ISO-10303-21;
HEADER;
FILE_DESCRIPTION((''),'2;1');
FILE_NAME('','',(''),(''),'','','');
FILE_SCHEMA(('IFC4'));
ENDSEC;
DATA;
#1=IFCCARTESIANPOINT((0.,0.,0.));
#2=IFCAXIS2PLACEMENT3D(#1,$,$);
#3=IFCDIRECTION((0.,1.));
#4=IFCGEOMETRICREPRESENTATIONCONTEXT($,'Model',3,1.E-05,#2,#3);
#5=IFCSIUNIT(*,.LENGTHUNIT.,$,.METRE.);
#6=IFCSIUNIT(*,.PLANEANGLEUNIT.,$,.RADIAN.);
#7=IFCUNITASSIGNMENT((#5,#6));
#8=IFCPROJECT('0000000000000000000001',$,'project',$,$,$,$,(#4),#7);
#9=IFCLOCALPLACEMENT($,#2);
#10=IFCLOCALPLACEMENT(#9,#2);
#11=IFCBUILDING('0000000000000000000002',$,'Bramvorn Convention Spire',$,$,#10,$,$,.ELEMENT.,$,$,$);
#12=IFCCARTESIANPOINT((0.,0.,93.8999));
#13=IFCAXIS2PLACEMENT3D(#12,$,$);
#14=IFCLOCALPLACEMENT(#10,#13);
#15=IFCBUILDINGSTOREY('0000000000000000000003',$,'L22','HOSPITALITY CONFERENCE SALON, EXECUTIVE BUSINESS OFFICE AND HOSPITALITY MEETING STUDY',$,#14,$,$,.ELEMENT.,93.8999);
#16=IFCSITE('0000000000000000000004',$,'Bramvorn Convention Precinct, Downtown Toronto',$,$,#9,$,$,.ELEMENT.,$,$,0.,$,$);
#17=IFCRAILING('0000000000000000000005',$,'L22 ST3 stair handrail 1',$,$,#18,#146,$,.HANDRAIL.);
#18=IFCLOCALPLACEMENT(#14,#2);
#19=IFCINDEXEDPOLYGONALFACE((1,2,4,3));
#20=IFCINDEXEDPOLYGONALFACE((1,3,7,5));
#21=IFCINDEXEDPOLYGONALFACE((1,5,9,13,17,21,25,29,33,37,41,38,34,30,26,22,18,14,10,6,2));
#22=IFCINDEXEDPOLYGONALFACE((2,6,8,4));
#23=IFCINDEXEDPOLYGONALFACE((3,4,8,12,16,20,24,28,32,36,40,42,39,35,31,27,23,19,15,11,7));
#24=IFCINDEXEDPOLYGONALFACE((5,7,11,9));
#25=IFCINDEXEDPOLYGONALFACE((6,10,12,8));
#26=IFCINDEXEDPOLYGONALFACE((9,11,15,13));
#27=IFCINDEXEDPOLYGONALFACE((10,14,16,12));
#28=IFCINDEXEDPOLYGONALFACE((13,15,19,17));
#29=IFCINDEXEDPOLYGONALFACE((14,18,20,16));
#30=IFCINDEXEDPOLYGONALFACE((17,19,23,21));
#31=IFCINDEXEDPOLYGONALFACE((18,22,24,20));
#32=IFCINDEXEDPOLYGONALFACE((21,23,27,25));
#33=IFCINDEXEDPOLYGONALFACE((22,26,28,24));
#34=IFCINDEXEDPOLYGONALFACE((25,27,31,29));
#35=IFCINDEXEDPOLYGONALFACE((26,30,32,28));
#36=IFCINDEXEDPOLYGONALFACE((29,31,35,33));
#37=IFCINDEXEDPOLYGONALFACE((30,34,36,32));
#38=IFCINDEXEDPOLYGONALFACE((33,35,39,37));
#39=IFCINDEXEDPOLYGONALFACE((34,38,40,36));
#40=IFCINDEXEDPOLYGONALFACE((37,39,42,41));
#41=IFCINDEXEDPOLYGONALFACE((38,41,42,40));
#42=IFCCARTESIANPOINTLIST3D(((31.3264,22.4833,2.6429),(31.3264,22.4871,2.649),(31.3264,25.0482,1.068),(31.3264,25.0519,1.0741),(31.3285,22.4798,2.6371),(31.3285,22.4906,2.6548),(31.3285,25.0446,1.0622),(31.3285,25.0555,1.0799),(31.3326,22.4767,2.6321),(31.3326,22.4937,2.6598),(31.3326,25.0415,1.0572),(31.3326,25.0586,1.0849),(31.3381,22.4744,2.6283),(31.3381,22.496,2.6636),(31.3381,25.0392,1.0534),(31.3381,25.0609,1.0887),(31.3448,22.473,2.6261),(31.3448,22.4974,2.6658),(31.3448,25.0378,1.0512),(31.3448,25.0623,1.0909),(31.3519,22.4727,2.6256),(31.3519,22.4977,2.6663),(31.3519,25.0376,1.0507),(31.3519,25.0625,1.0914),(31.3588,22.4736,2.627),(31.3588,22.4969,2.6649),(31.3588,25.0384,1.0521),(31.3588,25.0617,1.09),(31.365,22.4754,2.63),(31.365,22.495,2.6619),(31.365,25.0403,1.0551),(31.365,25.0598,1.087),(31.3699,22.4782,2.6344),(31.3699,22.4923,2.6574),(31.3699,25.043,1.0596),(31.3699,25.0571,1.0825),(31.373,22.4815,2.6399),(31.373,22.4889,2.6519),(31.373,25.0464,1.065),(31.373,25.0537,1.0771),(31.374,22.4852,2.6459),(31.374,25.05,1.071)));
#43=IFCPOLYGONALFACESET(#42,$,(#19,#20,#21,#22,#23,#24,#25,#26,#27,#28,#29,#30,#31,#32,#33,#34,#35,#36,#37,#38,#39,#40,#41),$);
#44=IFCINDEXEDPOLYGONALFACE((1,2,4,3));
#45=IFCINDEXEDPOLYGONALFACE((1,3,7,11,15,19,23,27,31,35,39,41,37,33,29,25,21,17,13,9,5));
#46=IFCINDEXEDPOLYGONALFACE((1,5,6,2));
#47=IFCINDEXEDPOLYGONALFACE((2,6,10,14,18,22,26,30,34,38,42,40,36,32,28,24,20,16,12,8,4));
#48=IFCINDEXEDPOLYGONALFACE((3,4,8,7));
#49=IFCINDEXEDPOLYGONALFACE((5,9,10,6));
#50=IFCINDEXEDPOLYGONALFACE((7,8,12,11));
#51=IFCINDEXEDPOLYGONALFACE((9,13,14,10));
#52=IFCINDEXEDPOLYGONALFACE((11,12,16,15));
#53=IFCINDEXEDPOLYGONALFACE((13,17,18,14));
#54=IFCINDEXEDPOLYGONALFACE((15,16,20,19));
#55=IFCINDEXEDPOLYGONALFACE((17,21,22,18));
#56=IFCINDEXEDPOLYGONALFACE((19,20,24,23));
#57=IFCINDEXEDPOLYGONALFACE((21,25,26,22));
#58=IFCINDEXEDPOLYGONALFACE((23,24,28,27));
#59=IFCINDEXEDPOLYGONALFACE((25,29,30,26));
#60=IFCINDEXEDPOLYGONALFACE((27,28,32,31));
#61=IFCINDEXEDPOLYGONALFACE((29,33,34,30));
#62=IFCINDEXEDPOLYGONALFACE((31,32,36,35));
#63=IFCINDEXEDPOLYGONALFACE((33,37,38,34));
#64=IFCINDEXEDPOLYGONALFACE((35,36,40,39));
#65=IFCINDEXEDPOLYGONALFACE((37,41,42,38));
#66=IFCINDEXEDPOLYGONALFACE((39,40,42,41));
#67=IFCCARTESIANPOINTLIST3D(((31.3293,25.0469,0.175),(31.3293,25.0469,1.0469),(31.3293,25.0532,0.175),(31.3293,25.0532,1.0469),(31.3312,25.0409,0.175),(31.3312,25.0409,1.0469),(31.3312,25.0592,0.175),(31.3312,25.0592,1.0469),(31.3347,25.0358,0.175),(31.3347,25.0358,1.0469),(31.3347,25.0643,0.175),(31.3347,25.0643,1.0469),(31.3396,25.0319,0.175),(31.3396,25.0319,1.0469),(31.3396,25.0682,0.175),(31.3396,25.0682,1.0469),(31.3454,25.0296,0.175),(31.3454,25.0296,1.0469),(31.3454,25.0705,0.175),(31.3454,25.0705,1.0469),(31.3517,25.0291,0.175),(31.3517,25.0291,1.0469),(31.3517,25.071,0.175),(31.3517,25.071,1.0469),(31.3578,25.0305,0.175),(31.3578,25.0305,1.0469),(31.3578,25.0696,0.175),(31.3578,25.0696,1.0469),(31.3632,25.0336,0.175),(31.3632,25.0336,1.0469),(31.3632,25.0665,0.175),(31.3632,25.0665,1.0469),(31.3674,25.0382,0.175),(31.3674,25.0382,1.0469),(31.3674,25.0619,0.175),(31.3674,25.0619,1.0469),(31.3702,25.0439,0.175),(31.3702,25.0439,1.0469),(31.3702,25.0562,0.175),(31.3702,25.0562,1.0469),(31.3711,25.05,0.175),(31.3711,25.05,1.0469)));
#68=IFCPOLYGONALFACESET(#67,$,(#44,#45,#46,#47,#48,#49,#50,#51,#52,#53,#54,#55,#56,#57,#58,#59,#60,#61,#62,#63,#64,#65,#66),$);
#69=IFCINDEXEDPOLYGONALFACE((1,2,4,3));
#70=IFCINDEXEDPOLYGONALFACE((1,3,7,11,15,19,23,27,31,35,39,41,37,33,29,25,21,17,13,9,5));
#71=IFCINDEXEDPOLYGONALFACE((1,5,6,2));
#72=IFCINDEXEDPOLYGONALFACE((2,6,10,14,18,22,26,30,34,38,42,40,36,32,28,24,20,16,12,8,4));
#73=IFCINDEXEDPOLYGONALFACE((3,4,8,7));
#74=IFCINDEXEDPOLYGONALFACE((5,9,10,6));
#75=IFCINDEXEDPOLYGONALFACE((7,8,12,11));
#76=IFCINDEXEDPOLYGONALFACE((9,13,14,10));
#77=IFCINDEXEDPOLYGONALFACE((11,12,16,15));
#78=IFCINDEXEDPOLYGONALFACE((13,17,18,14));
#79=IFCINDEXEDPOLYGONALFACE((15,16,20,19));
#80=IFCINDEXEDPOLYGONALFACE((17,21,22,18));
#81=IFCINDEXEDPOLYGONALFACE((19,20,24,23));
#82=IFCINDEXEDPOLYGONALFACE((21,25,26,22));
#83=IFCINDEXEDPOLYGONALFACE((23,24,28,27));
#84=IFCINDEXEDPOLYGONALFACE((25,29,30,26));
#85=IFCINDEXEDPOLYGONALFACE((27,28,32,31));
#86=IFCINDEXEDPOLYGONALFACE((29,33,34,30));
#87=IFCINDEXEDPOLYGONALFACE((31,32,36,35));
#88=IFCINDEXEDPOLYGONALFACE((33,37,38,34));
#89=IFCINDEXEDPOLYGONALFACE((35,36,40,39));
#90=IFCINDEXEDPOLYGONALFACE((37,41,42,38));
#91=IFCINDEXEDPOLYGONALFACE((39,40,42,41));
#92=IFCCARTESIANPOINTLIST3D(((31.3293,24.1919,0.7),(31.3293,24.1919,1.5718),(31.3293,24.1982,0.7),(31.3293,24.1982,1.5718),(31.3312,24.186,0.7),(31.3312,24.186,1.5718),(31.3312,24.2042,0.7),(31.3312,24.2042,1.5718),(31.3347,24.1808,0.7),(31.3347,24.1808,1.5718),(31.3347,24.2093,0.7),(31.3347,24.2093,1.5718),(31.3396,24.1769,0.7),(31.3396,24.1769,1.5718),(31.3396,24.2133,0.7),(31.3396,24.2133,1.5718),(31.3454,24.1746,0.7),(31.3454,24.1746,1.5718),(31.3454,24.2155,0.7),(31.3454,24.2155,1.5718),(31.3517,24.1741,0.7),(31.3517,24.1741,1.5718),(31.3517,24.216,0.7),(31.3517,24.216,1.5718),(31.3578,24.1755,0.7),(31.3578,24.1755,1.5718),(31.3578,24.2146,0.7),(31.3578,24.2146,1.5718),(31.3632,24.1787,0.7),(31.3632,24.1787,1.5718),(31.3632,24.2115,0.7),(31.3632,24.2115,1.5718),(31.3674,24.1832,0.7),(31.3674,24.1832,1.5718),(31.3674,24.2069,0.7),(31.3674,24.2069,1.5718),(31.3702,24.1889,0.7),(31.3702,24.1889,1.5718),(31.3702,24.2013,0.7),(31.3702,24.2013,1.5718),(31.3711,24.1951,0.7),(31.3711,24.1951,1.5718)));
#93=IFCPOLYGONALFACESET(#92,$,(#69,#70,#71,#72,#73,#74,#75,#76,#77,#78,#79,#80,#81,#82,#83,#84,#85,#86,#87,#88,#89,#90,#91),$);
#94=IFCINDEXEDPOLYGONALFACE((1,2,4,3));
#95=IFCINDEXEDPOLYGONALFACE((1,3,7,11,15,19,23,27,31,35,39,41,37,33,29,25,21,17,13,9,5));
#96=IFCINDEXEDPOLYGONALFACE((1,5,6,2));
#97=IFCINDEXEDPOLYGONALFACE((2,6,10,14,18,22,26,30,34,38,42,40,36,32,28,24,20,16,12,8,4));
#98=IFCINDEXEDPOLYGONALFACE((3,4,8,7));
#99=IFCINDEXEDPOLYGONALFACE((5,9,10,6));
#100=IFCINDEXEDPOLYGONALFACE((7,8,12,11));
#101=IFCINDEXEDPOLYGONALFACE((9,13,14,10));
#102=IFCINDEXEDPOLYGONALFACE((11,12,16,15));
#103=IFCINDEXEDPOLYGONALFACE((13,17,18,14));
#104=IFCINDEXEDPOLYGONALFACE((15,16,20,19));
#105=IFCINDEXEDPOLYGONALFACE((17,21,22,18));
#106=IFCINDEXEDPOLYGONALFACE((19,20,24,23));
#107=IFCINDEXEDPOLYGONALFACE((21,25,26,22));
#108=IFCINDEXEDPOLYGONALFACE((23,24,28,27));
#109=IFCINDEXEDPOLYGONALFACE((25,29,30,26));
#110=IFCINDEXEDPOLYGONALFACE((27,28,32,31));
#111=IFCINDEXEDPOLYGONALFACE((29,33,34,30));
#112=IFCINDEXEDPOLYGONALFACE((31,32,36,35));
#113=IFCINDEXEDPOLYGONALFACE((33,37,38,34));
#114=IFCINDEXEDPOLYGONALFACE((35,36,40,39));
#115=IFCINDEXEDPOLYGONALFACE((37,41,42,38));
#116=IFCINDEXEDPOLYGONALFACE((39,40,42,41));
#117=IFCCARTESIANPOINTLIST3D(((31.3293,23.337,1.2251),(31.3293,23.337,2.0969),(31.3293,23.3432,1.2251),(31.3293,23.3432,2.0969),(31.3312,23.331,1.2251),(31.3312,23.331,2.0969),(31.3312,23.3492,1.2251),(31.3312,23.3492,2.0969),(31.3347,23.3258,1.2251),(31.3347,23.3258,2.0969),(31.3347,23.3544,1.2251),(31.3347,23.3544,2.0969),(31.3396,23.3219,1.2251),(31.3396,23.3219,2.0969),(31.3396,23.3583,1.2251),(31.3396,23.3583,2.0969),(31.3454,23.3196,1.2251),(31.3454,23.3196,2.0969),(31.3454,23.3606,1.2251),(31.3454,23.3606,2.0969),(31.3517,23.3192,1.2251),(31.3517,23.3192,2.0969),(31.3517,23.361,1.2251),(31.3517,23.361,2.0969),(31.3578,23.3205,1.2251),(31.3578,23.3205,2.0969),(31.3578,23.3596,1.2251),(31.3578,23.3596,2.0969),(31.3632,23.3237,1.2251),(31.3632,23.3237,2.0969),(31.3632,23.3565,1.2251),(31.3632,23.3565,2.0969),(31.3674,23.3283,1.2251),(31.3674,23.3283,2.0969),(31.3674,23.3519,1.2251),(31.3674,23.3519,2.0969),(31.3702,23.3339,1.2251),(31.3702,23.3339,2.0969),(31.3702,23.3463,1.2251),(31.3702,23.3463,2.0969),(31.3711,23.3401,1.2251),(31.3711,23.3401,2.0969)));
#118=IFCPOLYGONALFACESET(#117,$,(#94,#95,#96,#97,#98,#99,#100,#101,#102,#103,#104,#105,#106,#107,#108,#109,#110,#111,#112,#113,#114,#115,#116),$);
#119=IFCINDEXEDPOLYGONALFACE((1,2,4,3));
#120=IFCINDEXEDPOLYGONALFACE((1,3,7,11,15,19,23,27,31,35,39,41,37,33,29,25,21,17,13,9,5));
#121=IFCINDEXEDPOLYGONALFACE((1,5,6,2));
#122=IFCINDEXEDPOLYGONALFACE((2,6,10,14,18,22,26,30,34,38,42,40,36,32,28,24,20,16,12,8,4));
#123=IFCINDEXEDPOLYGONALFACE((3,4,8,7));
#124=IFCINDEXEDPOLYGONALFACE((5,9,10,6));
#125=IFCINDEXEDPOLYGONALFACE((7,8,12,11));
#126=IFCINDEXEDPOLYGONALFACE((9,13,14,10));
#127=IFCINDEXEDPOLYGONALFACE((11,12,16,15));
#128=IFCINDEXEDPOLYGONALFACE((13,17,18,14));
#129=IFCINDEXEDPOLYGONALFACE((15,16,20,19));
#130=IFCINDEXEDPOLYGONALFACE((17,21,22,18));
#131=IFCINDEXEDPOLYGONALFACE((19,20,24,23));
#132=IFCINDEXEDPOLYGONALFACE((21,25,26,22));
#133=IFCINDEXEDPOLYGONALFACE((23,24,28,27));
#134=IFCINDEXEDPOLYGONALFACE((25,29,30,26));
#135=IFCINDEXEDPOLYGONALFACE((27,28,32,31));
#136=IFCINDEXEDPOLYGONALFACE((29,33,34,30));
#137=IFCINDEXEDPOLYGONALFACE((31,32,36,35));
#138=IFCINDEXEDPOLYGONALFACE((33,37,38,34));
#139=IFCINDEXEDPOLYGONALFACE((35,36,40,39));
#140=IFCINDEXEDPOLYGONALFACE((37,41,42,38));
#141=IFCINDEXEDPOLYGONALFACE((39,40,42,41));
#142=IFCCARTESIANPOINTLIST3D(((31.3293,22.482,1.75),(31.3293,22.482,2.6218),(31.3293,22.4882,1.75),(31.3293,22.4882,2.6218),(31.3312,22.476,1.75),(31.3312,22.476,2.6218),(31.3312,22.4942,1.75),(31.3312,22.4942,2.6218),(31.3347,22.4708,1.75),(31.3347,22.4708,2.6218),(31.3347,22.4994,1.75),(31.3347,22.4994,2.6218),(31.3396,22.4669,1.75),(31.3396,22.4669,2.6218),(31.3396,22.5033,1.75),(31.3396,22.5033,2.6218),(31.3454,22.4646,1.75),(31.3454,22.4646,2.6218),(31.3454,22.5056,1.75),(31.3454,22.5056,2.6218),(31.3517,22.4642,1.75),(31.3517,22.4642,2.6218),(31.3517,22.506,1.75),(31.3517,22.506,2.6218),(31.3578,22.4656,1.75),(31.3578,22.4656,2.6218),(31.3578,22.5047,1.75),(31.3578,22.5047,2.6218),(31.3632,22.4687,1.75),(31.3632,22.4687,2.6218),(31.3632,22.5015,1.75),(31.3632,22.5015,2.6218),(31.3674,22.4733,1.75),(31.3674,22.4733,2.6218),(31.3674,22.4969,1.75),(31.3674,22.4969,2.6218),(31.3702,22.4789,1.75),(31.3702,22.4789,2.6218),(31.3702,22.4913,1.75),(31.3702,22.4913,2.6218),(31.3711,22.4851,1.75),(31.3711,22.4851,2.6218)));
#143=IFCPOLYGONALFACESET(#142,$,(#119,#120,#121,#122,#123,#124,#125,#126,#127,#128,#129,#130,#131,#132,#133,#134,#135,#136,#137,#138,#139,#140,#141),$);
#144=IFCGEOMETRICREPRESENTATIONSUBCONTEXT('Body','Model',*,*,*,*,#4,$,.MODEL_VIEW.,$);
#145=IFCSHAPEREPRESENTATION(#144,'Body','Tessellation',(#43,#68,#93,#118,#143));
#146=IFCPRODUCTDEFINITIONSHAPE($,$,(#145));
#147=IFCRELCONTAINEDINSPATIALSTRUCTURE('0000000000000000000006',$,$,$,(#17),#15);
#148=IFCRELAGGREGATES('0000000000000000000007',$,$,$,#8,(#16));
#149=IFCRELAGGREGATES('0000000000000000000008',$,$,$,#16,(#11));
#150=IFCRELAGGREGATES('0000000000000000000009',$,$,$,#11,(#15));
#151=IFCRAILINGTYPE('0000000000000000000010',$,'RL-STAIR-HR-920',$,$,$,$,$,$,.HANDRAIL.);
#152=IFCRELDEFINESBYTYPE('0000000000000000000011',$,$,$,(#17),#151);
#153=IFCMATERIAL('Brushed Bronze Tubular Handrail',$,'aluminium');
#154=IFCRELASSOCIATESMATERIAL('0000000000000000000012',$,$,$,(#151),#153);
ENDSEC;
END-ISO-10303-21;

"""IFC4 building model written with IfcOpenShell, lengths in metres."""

from ifc_helpers import new_model, si_unit, direction, frame, origin, origin_2d, place, context, subcontext, project, spatial, circle, extrude, material, type_object, element, save


model = new_model("IFC4")

# Units and contexts
model_context = context("Model", 3, precision=1e-05, world=origin(), true_north=direction((0.0, 1.0)))
body_context = subcontext(model_context, "Body", "Model", "MODEL_VIEW")
ifc_project = project(units=[si_unit("LENGTHUNIT", "METRE"), si_unit("PLANEANGLEUNIT", "RADIAN")], contexts=[model_context])

# Site, building, storey
site_placement = place(None, origin())
site = spatial("IfcSite", under=ifc_project, at=site_placement, Name="Bramvorn Convention Precinct, Downtown Toronto", CompositionType="ELEMENT", RefElevation=0.0)
building_placement = place(site_placement, origin())
building = spatial("IfcBuilding", under=site, at=building_placement, Name="Bramvorn Convention Spire", CompositionType="ELEMENT")
storey_placement = place(building_placement, frame((0.0, 0.0, 93.8999)))
storey = spatial("IfcBuildingStorey", under=building, at=storey_placement, Name="L22", Description="HOSPITALITY CONFERENCE SALON, EXECUTIVE BUSINESS OFFICE AND HOSPITALITY MEETING STUDY", CompositionType="ELEMENT", Elevation=93.8999)

# Railing
ifc_material_1 = material(Name="Brushed Bronze Tubular Handrail", Category="aluminium")
railing_type_1 = type_object("IfcRailingType", Name="RL-STAIR-HR-920", PredefinedType="HANDRAIL", material=ifc_material_1)
railing_1_placement = place(storey_placement, frame((31.3501, 25.05, 0.175)))
element("IfcRailing", 1, at=railing_1_placement, inside=storey, type_object=railing_type_1, Name="L22 ST3 stair handrail 1", PredefinedType="HANDRAIL", context=body_context, shape_type="SweptSolid", body=[
    extrude(circle(Radius=0.0239, at=origin_2d()), frame((0.0, 0.0, 0.896), z_axis=(0.0, -0.852173, 0.52326), x_axis=(1.0, 0.0, 0.0)), (0.0, 0.0, 1.0), 3.0098),
    extrude(circle(Radius=0.021, at=origin_2d()), origin(), (0.0, 0.0, 1.0), 0.8718),
    extrude(circle(Radius=0.021, at=origin_2d()), frame((0.0, -0.855, 0.5249)), (0.0, 0.0, 1.0), 0.8718),
    extrude(circle(Radius=0.021, at=origin_2d()), frame((0.0, -1.71, 1.05)), (0.0, 0.0, 1.0), 0.8718),
    extrude(circle(Radius=0.021, at=origin_2d()), frame((0.0, -2.5649, 1.575)), (0.0, 0.0, 1.0), 0.8718),
])

save(model, "model.ifc")
